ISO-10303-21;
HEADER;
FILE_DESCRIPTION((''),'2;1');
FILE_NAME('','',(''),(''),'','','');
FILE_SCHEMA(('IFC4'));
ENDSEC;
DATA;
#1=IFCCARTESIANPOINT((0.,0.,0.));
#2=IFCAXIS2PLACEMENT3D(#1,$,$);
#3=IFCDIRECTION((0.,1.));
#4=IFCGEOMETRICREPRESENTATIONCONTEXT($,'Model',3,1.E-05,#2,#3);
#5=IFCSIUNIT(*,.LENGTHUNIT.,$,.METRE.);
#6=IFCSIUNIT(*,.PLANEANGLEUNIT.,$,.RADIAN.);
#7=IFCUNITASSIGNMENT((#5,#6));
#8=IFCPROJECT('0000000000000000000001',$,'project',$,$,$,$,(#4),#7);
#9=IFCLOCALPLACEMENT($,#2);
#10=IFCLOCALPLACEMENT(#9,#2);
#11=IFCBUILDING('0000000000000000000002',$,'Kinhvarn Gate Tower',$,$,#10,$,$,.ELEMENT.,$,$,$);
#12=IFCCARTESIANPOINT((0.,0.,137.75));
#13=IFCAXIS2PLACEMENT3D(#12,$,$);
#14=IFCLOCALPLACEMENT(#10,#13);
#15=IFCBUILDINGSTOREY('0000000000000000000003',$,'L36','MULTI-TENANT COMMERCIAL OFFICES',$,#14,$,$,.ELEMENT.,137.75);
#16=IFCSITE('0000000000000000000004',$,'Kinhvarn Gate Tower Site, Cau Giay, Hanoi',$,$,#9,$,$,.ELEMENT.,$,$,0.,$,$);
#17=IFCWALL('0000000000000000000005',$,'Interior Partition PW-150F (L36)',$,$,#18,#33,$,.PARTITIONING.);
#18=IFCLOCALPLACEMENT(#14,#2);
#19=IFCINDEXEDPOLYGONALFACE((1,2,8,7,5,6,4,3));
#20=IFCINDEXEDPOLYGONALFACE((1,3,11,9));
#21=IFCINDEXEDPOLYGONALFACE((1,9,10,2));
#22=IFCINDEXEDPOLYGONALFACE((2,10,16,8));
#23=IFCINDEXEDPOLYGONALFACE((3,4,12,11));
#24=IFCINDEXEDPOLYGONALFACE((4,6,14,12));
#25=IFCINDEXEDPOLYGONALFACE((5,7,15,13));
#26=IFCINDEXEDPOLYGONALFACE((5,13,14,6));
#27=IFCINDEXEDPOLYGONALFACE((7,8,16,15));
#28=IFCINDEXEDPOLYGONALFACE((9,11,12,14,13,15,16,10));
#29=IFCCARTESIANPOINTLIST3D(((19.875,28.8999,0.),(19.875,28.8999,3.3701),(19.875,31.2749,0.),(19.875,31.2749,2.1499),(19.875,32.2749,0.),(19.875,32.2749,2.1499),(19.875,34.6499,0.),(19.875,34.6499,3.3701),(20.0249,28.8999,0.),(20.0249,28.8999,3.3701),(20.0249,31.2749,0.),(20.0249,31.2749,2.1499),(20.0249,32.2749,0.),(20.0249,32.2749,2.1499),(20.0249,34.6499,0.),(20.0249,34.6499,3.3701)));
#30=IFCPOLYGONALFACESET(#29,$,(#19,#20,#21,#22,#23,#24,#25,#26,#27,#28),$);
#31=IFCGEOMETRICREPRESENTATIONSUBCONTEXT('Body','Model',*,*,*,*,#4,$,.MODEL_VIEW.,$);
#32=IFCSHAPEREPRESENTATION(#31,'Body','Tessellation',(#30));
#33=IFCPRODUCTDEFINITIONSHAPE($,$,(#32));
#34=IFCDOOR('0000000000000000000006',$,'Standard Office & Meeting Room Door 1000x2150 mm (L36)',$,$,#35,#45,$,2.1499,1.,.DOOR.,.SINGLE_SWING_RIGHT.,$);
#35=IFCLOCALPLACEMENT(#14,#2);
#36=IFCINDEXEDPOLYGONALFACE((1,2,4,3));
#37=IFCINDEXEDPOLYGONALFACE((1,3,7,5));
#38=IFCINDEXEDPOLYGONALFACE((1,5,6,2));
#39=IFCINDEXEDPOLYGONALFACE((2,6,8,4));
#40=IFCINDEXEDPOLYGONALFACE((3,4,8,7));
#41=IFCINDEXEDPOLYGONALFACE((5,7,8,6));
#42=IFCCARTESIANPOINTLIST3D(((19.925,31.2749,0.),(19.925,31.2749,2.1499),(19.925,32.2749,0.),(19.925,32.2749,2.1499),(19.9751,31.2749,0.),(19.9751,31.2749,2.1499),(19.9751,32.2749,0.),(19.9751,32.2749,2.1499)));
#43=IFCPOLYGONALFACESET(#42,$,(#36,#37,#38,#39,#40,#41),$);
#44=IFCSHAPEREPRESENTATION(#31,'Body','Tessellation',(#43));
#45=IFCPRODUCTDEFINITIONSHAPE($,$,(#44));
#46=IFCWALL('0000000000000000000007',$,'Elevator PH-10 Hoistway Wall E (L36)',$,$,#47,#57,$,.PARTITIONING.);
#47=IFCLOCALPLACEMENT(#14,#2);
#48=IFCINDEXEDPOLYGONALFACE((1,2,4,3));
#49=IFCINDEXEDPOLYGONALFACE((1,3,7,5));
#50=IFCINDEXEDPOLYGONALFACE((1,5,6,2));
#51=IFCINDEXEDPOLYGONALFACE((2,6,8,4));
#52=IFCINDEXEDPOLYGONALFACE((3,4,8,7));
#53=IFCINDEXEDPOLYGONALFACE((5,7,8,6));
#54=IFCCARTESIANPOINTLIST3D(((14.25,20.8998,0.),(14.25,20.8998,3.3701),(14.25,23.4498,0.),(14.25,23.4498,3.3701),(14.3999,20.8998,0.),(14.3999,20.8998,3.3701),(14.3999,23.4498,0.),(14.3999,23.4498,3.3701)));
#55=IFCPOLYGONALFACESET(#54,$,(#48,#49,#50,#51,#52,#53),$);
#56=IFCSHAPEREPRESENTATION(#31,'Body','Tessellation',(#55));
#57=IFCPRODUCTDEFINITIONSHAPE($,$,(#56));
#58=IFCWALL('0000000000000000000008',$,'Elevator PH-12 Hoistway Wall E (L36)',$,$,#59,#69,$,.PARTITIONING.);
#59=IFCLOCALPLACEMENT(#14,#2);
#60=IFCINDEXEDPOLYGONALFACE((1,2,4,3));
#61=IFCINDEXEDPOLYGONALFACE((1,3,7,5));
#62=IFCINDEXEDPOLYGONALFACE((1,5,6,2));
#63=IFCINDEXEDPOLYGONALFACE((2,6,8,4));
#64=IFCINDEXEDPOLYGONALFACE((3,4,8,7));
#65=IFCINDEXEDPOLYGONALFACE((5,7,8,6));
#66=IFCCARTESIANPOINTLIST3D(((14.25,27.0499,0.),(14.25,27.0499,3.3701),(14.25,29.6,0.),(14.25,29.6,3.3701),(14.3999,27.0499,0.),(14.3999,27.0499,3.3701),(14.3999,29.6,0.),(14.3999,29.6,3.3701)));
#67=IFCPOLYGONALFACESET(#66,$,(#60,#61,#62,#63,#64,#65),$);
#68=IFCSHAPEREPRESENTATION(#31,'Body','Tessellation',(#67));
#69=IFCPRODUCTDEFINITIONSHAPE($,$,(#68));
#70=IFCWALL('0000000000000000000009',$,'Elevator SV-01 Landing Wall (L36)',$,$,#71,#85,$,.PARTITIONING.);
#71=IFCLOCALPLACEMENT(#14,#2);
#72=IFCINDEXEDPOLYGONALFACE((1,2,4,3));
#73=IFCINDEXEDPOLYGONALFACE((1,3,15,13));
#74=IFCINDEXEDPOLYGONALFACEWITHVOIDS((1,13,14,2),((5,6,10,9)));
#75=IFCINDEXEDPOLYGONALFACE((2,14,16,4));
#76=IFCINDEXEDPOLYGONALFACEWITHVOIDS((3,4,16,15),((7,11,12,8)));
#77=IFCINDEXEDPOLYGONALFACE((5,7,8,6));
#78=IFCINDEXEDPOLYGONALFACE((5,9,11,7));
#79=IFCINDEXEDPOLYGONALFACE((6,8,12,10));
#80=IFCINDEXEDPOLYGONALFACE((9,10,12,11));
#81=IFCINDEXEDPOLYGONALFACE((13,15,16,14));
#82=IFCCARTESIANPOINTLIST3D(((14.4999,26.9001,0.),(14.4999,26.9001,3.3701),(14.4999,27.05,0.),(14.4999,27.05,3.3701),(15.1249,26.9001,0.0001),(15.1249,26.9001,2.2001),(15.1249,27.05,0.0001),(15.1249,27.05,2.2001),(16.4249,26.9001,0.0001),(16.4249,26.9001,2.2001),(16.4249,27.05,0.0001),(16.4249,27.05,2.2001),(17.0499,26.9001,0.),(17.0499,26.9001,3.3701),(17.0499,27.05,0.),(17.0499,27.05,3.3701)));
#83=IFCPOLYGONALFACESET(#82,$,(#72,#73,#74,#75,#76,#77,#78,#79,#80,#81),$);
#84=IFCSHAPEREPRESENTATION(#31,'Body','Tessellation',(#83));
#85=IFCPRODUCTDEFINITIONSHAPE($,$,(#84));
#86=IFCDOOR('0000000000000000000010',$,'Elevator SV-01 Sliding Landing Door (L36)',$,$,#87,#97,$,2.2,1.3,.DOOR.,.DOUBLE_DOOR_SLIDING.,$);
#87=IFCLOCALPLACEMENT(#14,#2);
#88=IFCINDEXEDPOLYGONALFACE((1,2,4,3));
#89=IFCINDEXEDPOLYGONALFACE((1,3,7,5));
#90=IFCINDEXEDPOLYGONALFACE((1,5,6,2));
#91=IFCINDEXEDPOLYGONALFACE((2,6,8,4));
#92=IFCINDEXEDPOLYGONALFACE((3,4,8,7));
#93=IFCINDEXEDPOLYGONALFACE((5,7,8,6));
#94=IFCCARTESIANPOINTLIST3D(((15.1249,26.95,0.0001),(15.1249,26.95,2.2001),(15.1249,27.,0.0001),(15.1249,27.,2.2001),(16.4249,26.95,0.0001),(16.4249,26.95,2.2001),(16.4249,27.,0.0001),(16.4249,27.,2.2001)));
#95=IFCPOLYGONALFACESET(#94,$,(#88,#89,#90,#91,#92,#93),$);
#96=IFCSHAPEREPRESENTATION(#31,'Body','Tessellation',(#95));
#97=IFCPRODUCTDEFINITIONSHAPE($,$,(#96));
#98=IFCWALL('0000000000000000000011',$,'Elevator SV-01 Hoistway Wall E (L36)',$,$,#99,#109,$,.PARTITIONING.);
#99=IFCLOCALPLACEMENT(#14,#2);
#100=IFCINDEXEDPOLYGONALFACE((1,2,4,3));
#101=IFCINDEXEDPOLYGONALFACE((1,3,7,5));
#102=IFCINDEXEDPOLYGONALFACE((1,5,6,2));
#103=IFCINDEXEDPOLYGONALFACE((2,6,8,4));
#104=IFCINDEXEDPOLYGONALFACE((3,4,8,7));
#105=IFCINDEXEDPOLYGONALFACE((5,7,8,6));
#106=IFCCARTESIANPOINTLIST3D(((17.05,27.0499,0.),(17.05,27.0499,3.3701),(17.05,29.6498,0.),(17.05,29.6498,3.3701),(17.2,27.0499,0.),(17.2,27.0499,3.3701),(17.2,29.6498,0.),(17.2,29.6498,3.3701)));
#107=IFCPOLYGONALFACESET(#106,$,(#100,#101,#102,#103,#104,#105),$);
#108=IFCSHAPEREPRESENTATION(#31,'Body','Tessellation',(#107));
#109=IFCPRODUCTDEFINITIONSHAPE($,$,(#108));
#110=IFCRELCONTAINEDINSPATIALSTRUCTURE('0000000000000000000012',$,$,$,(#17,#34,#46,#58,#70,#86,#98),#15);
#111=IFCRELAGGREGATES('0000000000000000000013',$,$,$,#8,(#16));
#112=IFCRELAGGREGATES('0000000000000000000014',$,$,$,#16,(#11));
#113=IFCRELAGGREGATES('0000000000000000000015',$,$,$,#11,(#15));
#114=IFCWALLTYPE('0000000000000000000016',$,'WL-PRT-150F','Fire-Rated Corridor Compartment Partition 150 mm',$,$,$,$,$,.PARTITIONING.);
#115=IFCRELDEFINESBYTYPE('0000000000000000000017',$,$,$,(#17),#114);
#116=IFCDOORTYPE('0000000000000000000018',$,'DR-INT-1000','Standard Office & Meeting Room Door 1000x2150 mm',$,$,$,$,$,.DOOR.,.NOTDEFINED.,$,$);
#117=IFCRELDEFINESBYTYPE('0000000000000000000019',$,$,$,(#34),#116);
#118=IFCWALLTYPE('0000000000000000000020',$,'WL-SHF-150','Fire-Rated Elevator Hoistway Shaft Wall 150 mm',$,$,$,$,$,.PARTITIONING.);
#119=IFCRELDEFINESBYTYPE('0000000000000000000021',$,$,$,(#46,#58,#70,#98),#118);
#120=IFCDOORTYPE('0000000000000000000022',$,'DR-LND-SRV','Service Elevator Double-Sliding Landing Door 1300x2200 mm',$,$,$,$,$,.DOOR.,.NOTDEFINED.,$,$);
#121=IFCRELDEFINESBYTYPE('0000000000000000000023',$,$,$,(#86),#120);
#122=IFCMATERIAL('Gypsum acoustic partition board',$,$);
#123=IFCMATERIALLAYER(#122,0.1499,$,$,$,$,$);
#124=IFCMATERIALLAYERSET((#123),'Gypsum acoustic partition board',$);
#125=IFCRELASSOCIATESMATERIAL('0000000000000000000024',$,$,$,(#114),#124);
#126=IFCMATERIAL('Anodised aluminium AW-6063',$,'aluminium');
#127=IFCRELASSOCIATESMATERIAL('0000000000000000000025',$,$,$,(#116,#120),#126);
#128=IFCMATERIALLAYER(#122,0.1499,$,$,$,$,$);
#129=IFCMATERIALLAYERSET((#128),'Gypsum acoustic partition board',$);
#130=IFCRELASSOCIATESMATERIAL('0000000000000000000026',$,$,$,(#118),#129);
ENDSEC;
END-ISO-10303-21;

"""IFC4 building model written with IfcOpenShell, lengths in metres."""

from ifc_helpers import new_model, si_unit, direction, frame, frame_2d, origin, place, context, subcontext, project, spatial, rectangle, extrude, material, layer, layer_set, type_object, element, fill, save


model = new_model("IFC4")

# Units and contexts
model_context = context("Model", 3, precision=1e-05, world=origin(), true_north=direction((0.0, 1.0)))
body_context = subcontext(model_context, "Body", "Model", "MODEL_VIEW")
ifc_project = project(units=[si_unit("LENGTHUNIT", "METRE"), si_unit("PLANEANGLEUNIT", "RADIAN")], contexts=[model_context])

# Site, building, storey
site_placement = place(None, origin())
site = spatial("IfcSite", under=ifc_project, at=site_placement, Name="Kinhvarn Gate Tower Site, Cau Giay, Hanoi", CompositionType="ELEMENT", RefElevation=0.0)
building_placement = place(site_placement, origin())
building = spatial("IfcBuilding", under=site, at=building_placement, Name="Kinhvarn Gate Tower", CompositionType="ELEMENT")
storey_placement = place(building_placement, frame((0.0, 0.0, 137.75)))
storey = spatial("IfcBuildingStorey", under=building, at=storey_placement, Name="L36", Description="MULTI-TENANT COMMERCIAL OFFICES", CompositionType="ELEMENT", Elevation=137.75)

# Shared definitions
ifc_material_1 = material(Name="Anodised aluminium AW-6063", Category="aluminium")

# Shared definitions
ifc_material_2 = material(Name="Gypsum acoustic partition board")

# Shared definitions
ifc_layer_1 = layer(ifc_material_2, 0.1499)
ifc_layer_set_1 = layer_set([ifc_layer_1], Name="Gypsum acoustic partition board")
wall_type_1 = type_object("IfcWallType", Name="WL-PRT-150F", Description="Fire-Rated Corridor Compartment Partition 150 mm", PredefinedType="PARTITIONING", material=ifc_layer_set_1)

# Wall, opening, door
wall_1_placement = place(storey_placement, frame((19.95, 28.8999, 0.0), z_axis=(0.0, 0.0, 1.0), x_axis=(0.0, 1.0, 0.0)))
wall_1 = element("IfcWall", 1, at=wall_1_placement, inside=storey, type_object=wall_type_1, Name="Interior Partition PW-150F (L36)", PredefinedType="PARTITIONING", context=body_context, shape_type="SweptSolid", body=[
    extrude(rectangle(XDim=5.75, YDim=0.1499, at=frame_2d((2.875, 0.0))), origin(), (0.0, 0.0, 1.0), 3.3701),
])
opening_1_placement = place(wall_1_placement, frame((2.375, 0.0, 0.0)))
opening_1 = element("IfcOpeningElement", 2, at=opening_1_placement, cuts=wall_1, PredefinedType="OPENING", context=body_context, shape_type="SweptSolid", body=[
    extrude(rectangle(XDim=1.0, YDim=2.1499, at=frame_2d((0.5, 1.075))), frame((0.0, 0.085, 0.0), z_axis=(0.0, -1.0, 0.0), x_axis=(1.0, 0.0, 0.0)), (0.0, 0.0, 1.0), 0.1699),
])
door_type_1 = type_object("IfcDoorType", Name="DR-INT-1000", Description="Standard Office & Meeting Room Door 1000x2150 mm", OperationType="NOTDEFINED", PredefinedType="DOOR", material=ifc_material_1)
door_1_placement = place(opening_1_placement, origin())
door_1 = element("IfcDoor", 3, at=door_1_placement, inside=storey, type_object=door_type_1, Name="Standard Office & Meeting Room Door 1000x2150 mm (L36)", OperationType="SINGLE_SWING_RIGHT", OverallHeight=2.1499, OverallWidth=1.0, PredefinedType="DOOR", context=body_context, shape_type="SweptSolid", body=[
    extrude(rectangle(XDim=1.0, YDim=2.1499, at=frame_2d((0.5, 1.075))), frame((0.0, 0.0249, 0.0), z_axis=(0.0, -1.0, 0.0), x_axis=(1.0, 0.0, 0.0)), (0.0, 0.0, 1.0), 0.05),
])
fill(opening_1, door_1)

# Walls
ifc_layer_2 = layer(ifc_material_2, 0.1499)
ifc_layer_set_2 = layer_set([ifc_layer_2], Name="Gypsum acoustic partition board")
wall_type_2 = type_object("IfcWallType", Name="WL-SHF-150", Description="Fire-Rated Elevator Hoistway Shaft Wall 150 mm", PredefinedType="PARTITIONING", material=ifc_layer_set_2)
for number, where, z_axis, x_axis, name in (
    (4, (14.325, 20.8999, 0.0), (0.0, 0.0, 1.0), (0.0, 1.0, 0.0), "Elevator PH-10 Hoistway Wall E (L36)"),
    (5, (14.325, 27.05, 0.0), (0.0, 0.0, 1.0), (0.0, 1.0, 0.0), "Elevator PH-12 Hoistway Wall E (L36)"),
):
    element("IfcWall", number, at=place(storey_placement, frame(where, z_axis=z_axis, x_axis=x_axis)), inside=storey, type_object=wall_type_2, Name=name, PredefinedType="PARTITIONING", context=body_context, shape_type="SweptSolid", body=[
        extrude(rectangle(XDim=2.55, YDim=0.1499, at=frame_2d((1.2749, 0.0))), origin(), (0.0, 0.0, 1.0), 3.3701),
    ])

# Wall, opening, door
wall_2_placement = place(storey_placement, frame((14.5, 26.9751, 0.0), z_axis=(0.0, 0.0, 1.0), x_axis=(1.0, 0.0, 0.0)))
wall_2 = element("IfcWall", 6, at=wall_2_placement, inside=storey, type_object=wall_type_2, Name="Elevator SV-01 Landing Wall (L36)", PredefinedType="PARTITIONING", context=body_context, shape_type="SweptSolid", body=[
    extrude(rectangle(XDim=2.55, YDim=0.1499, at=frame_2d((1.2749, 0.0))), origin(), (0.0, 0.0, 1.0), 3.3701),
])
opening_2_placement = place(wall_2_placement, frame((0.625, 0.0, 0.0)))
opening_2 = element("IfcOpeningElement", 7, at=opening_2_placement, cuts=wall_2, PredefinedType="OPENING", context=body_context, shape_type="SweptSolid", body=[
    extrude(rectangle(XDim=1.3, YDim=2.2, at=frame_2d((0.6499, 1.1001))), frame((0.0, 0.085, 0.0), z_axis=(0.0, -1.0, 0.0), x_axis=(1.0, 0.0, 0.0)), (0.0, 0.0, 1.0), 0.1699),
])
door_type_2 = type_object("IfcDoorType", Name="DR-LND-SRV", Description="Service Elevator Double-Sliding Landing Door 1300x2200 mm", OperationType="NOTDEFINED", PredefinedType="DOOR", material=ifc_material_1)
door_2_placement = place(opening_2_placement, origin())
door_2 = element("IfcDoor", 8, at=door_2_placement, inside=storey, type_object=door_type_2, Name="Elevator SV-01 Sliding Landing Door (L36)", OperationType="DOUBLE_DOOR_SLIDING", OverallHeight=2.2, OverallWidth=1.3, PredefinedType="DOOR", context=body_context, shape_type="SweptSolid", body=[
    extrude(rectangle(XDim=1.3, YDim=2.2, at=frame_2d((0.6499, 1.1001))), frame((0.0, 0.0249, 0.0), z_axis=(0.0, -1.0, 0.0), x_axis=(1.0, 0.0, 0.0)), (0.0, 0.0, 1.0), 0.05),
])
fill(opening_2, door_2)

# Wall
wall_3_placement = place(storey_placement, frame((17.125, 27.05, 0.0), z_axis=(0.0, 0.0, 1.0), x_axis=(0.0, 1.0, 0.0)))
element("IfcWall", 9, at=wall_3_placement, inside=storey, type_object=wall_type_2, Name="Elevator SV-01 Hoistway Wall E (L36)", PredefinedType="PARTITIONING", context=body_context, shape_type="SweptSolid", body=[
    extrude(rectangle(XDim=2.5999, YDim=0.1499, at=frame_2d((1.2998, 0.0))), origin(), (0.0, 0.0, 1.0), 3.3701),
])

save(model, "model.ifc")
